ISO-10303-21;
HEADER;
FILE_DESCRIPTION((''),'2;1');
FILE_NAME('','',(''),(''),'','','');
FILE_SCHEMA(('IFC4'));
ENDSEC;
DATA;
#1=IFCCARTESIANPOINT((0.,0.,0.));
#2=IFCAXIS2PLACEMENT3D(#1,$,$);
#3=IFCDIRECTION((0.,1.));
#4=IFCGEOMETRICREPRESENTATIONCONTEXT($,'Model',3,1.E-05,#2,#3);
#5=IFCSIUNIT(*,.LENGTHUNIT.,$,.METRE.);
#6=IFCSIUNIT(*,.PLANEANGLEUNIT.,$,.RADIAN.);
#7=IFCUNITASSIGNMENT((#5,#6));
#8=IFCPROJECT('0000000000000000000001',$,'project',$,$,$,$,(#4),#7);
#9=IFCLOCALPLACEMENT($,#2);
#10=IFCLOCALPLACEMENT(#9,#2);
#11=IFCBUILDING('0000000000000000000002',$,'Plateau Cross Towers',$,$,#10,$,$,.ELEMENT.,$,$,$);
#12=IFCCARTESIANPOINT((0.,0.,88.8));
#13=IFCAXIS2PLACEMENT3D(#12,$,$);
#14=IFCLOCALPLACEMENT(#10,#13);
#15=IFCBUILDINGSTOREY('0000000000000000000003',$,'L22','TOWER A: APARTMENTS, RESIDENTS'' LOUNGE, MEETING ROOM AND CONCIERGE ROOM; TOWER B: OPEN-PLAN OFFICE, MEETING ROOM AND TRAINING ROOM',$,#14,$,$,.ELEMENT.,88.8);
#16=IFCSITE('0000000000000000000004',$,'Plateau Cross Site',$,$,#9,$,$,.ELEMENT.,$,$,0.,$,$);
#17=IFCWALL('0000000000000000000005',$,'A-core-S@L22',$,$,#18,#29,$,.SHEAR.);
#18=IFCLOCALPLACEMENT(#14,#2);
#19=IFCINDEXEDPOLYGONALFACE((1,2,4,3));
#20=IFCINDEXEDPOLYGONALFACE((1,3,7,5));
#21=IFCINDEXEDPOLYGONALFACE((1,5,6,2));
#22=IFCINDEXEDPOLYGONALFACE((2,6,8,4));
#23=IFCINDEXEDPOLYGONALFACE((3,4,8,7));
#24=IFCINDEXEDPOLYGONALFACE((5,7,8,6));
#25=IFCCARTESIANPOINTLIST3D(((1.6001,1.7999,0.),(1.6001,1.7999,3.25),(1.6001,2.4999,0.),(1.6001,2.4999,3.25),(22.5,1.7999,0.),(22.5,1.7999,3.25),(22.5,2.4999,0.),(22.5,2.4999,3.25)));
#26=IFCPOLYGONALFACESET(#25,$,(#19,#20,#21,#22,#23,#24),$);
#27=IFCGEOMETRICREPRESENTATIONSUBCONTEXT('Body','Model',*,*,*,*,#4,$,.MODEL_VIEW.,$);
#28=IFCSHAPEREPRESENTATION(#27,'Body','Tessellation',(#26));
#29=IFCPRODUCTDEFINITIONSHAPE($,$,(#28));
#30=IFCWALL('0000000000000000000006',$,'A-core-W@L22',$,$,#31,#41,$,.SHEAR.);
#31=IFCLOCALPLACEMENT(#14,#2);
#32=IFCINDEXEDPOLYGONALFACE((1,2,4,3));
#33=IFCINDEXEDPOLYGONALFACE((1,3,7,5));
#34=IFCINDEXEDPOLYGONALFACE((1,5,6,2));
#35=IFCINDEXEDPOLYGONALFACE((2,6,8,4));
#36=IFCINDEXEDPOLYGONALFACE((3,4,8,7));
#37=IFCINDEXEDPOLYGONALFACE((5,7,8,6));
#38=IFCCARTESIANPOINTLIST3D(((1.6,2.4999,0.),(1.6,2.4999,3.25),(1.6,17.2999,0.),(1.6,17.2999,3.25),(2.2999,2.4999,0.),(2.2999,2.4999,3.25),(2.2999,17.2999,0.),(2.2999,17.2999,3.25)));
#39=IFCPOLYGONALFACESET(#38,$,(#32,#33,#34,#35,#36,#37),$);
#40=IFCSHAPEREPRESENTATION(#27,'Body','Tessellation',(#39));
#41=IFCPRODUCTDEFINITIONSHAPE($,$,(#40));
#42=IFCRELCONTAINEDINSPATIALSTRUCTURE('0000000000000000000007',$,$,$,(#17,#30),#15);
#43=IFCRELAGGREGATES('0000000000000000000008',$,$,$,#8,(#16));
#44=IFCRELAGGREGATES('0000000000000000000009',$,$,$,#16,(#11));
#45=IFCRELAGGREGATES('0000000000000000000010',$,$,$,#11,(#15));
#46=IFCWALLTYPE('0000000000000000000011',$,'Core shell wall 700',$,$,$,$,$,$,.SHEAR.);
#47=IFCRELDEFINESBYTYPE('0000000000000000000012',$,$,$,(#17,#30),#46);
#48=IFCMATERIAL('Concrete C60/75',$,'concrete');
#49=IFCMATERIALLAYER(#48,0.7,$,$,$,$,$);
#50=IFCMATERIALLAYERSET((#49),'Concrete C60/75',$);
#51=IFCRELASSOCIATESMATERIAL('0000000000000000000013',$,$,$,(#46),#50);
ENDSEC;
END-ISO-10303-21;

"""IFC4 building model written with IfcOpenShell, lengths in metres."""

from ifc_helpers import new_model, si_unit, direction, frame, frame_2d, origin, place, context, subcontext, project, spatial, rectangle, extrude, material, layer, layer_set, type_object, element, save


model = new_model("IFC4")

# Units and contexts
model_context = context("Model", 3, precision=1e-05, world=origin(), true_north=direction((0.0, 1.0)))
body_context = subcontext(model_context, "Body", "Model", "MODEL_VIEW")
ifc_project = project(units=[si_unit("LENGTHUNIT", "METRE"), si_unit("PLANEANGLEUNIT", "RADIAN")], contexts=[model_context])

# Site, building, storey
site_placement = place(None, origin())
site = spatial("IfcSite", under=ifc_project, at=site_placement, Name="Plateau Cross Site", CompositionType="ELEMENT", RefElevation=0.0)
building_placement = place(site_placement, origin())
building = spatial("IfcBuilding", under=site, at=building_placement, Name="Plateau Cross Towers", CompositionType="ELEMENT")
storey_placement = place(building_placement, frame((0.0, 0.0, 88.8)))
storey = spatial("IfcBuildingStorey", under=building, at=storey_placement, Name="L22", Description="TOWER A: APARTMENTS, RESIDENTS' LOUNGE, MEETING ROOM AND CONCIERGE ROOM; TOWER B: OPEN-PLAN OFFICE, MEETING ROOM AND TRAINING ROOM", CompositionType="ELEMENT", Elevation=88.8)

# Shared definitions
ifc_material_1 = material(Name="Concrete C60/75", Category="concrete")

# Walls
ifc_layer_1 = layer(ifc_material_1, 0.7)
ifc_layer_set_1 = layer_set([ifc_layer_1], Name="Concrete C60/75")
wall_type_1 = type_object("IfcWallType", Name="Core shell wall 700", PredefinedType="SHEAR", material=ifc_layer_set_1)
wall_1_placement = place(storey_placement, frame((1.6001, 2.1499, 0.0), z_axis=(0.0, 0.0, 1.0), x_axis=(1.0, 0.0, 0.0)))
element("IfcWall", 1, at=wall_1_placement, inside=storey, type_object=wall_type_1, Name="A-core-S@L22", PredefinedType="SHEAR", context=body_context, shape_type="SweptSolid", body=[
    extrude(rectangle(XDim=20.8999, YDim=0.7, at=frame_2d((10.45, 0.0))), origin(), (0.0, 0.0, 1.0), 3.25),
])
wall_2_placement = place(storey_placement, frame((1.95, 2.5, 0.0), z_axis=(0.0, 0.0, 1.0), x_axis=(0.0, 1.0, 0.0)))
element("IfcWall", 2, at=wall_2_placement, inside=storey, type_object=wall_type_1, Name="A-core-W@L22", PredefinedType="SHEAR", context=body_context, shape_type="SweptSolid", body=[
    extrude(rectangle(XDim=14.8, YDim=0.7, at=frame_2d((7.3999, 0.0))), origin(), (0.0, 0.0, 1.0), 3.25),
])

save(model, "model.ifc")
